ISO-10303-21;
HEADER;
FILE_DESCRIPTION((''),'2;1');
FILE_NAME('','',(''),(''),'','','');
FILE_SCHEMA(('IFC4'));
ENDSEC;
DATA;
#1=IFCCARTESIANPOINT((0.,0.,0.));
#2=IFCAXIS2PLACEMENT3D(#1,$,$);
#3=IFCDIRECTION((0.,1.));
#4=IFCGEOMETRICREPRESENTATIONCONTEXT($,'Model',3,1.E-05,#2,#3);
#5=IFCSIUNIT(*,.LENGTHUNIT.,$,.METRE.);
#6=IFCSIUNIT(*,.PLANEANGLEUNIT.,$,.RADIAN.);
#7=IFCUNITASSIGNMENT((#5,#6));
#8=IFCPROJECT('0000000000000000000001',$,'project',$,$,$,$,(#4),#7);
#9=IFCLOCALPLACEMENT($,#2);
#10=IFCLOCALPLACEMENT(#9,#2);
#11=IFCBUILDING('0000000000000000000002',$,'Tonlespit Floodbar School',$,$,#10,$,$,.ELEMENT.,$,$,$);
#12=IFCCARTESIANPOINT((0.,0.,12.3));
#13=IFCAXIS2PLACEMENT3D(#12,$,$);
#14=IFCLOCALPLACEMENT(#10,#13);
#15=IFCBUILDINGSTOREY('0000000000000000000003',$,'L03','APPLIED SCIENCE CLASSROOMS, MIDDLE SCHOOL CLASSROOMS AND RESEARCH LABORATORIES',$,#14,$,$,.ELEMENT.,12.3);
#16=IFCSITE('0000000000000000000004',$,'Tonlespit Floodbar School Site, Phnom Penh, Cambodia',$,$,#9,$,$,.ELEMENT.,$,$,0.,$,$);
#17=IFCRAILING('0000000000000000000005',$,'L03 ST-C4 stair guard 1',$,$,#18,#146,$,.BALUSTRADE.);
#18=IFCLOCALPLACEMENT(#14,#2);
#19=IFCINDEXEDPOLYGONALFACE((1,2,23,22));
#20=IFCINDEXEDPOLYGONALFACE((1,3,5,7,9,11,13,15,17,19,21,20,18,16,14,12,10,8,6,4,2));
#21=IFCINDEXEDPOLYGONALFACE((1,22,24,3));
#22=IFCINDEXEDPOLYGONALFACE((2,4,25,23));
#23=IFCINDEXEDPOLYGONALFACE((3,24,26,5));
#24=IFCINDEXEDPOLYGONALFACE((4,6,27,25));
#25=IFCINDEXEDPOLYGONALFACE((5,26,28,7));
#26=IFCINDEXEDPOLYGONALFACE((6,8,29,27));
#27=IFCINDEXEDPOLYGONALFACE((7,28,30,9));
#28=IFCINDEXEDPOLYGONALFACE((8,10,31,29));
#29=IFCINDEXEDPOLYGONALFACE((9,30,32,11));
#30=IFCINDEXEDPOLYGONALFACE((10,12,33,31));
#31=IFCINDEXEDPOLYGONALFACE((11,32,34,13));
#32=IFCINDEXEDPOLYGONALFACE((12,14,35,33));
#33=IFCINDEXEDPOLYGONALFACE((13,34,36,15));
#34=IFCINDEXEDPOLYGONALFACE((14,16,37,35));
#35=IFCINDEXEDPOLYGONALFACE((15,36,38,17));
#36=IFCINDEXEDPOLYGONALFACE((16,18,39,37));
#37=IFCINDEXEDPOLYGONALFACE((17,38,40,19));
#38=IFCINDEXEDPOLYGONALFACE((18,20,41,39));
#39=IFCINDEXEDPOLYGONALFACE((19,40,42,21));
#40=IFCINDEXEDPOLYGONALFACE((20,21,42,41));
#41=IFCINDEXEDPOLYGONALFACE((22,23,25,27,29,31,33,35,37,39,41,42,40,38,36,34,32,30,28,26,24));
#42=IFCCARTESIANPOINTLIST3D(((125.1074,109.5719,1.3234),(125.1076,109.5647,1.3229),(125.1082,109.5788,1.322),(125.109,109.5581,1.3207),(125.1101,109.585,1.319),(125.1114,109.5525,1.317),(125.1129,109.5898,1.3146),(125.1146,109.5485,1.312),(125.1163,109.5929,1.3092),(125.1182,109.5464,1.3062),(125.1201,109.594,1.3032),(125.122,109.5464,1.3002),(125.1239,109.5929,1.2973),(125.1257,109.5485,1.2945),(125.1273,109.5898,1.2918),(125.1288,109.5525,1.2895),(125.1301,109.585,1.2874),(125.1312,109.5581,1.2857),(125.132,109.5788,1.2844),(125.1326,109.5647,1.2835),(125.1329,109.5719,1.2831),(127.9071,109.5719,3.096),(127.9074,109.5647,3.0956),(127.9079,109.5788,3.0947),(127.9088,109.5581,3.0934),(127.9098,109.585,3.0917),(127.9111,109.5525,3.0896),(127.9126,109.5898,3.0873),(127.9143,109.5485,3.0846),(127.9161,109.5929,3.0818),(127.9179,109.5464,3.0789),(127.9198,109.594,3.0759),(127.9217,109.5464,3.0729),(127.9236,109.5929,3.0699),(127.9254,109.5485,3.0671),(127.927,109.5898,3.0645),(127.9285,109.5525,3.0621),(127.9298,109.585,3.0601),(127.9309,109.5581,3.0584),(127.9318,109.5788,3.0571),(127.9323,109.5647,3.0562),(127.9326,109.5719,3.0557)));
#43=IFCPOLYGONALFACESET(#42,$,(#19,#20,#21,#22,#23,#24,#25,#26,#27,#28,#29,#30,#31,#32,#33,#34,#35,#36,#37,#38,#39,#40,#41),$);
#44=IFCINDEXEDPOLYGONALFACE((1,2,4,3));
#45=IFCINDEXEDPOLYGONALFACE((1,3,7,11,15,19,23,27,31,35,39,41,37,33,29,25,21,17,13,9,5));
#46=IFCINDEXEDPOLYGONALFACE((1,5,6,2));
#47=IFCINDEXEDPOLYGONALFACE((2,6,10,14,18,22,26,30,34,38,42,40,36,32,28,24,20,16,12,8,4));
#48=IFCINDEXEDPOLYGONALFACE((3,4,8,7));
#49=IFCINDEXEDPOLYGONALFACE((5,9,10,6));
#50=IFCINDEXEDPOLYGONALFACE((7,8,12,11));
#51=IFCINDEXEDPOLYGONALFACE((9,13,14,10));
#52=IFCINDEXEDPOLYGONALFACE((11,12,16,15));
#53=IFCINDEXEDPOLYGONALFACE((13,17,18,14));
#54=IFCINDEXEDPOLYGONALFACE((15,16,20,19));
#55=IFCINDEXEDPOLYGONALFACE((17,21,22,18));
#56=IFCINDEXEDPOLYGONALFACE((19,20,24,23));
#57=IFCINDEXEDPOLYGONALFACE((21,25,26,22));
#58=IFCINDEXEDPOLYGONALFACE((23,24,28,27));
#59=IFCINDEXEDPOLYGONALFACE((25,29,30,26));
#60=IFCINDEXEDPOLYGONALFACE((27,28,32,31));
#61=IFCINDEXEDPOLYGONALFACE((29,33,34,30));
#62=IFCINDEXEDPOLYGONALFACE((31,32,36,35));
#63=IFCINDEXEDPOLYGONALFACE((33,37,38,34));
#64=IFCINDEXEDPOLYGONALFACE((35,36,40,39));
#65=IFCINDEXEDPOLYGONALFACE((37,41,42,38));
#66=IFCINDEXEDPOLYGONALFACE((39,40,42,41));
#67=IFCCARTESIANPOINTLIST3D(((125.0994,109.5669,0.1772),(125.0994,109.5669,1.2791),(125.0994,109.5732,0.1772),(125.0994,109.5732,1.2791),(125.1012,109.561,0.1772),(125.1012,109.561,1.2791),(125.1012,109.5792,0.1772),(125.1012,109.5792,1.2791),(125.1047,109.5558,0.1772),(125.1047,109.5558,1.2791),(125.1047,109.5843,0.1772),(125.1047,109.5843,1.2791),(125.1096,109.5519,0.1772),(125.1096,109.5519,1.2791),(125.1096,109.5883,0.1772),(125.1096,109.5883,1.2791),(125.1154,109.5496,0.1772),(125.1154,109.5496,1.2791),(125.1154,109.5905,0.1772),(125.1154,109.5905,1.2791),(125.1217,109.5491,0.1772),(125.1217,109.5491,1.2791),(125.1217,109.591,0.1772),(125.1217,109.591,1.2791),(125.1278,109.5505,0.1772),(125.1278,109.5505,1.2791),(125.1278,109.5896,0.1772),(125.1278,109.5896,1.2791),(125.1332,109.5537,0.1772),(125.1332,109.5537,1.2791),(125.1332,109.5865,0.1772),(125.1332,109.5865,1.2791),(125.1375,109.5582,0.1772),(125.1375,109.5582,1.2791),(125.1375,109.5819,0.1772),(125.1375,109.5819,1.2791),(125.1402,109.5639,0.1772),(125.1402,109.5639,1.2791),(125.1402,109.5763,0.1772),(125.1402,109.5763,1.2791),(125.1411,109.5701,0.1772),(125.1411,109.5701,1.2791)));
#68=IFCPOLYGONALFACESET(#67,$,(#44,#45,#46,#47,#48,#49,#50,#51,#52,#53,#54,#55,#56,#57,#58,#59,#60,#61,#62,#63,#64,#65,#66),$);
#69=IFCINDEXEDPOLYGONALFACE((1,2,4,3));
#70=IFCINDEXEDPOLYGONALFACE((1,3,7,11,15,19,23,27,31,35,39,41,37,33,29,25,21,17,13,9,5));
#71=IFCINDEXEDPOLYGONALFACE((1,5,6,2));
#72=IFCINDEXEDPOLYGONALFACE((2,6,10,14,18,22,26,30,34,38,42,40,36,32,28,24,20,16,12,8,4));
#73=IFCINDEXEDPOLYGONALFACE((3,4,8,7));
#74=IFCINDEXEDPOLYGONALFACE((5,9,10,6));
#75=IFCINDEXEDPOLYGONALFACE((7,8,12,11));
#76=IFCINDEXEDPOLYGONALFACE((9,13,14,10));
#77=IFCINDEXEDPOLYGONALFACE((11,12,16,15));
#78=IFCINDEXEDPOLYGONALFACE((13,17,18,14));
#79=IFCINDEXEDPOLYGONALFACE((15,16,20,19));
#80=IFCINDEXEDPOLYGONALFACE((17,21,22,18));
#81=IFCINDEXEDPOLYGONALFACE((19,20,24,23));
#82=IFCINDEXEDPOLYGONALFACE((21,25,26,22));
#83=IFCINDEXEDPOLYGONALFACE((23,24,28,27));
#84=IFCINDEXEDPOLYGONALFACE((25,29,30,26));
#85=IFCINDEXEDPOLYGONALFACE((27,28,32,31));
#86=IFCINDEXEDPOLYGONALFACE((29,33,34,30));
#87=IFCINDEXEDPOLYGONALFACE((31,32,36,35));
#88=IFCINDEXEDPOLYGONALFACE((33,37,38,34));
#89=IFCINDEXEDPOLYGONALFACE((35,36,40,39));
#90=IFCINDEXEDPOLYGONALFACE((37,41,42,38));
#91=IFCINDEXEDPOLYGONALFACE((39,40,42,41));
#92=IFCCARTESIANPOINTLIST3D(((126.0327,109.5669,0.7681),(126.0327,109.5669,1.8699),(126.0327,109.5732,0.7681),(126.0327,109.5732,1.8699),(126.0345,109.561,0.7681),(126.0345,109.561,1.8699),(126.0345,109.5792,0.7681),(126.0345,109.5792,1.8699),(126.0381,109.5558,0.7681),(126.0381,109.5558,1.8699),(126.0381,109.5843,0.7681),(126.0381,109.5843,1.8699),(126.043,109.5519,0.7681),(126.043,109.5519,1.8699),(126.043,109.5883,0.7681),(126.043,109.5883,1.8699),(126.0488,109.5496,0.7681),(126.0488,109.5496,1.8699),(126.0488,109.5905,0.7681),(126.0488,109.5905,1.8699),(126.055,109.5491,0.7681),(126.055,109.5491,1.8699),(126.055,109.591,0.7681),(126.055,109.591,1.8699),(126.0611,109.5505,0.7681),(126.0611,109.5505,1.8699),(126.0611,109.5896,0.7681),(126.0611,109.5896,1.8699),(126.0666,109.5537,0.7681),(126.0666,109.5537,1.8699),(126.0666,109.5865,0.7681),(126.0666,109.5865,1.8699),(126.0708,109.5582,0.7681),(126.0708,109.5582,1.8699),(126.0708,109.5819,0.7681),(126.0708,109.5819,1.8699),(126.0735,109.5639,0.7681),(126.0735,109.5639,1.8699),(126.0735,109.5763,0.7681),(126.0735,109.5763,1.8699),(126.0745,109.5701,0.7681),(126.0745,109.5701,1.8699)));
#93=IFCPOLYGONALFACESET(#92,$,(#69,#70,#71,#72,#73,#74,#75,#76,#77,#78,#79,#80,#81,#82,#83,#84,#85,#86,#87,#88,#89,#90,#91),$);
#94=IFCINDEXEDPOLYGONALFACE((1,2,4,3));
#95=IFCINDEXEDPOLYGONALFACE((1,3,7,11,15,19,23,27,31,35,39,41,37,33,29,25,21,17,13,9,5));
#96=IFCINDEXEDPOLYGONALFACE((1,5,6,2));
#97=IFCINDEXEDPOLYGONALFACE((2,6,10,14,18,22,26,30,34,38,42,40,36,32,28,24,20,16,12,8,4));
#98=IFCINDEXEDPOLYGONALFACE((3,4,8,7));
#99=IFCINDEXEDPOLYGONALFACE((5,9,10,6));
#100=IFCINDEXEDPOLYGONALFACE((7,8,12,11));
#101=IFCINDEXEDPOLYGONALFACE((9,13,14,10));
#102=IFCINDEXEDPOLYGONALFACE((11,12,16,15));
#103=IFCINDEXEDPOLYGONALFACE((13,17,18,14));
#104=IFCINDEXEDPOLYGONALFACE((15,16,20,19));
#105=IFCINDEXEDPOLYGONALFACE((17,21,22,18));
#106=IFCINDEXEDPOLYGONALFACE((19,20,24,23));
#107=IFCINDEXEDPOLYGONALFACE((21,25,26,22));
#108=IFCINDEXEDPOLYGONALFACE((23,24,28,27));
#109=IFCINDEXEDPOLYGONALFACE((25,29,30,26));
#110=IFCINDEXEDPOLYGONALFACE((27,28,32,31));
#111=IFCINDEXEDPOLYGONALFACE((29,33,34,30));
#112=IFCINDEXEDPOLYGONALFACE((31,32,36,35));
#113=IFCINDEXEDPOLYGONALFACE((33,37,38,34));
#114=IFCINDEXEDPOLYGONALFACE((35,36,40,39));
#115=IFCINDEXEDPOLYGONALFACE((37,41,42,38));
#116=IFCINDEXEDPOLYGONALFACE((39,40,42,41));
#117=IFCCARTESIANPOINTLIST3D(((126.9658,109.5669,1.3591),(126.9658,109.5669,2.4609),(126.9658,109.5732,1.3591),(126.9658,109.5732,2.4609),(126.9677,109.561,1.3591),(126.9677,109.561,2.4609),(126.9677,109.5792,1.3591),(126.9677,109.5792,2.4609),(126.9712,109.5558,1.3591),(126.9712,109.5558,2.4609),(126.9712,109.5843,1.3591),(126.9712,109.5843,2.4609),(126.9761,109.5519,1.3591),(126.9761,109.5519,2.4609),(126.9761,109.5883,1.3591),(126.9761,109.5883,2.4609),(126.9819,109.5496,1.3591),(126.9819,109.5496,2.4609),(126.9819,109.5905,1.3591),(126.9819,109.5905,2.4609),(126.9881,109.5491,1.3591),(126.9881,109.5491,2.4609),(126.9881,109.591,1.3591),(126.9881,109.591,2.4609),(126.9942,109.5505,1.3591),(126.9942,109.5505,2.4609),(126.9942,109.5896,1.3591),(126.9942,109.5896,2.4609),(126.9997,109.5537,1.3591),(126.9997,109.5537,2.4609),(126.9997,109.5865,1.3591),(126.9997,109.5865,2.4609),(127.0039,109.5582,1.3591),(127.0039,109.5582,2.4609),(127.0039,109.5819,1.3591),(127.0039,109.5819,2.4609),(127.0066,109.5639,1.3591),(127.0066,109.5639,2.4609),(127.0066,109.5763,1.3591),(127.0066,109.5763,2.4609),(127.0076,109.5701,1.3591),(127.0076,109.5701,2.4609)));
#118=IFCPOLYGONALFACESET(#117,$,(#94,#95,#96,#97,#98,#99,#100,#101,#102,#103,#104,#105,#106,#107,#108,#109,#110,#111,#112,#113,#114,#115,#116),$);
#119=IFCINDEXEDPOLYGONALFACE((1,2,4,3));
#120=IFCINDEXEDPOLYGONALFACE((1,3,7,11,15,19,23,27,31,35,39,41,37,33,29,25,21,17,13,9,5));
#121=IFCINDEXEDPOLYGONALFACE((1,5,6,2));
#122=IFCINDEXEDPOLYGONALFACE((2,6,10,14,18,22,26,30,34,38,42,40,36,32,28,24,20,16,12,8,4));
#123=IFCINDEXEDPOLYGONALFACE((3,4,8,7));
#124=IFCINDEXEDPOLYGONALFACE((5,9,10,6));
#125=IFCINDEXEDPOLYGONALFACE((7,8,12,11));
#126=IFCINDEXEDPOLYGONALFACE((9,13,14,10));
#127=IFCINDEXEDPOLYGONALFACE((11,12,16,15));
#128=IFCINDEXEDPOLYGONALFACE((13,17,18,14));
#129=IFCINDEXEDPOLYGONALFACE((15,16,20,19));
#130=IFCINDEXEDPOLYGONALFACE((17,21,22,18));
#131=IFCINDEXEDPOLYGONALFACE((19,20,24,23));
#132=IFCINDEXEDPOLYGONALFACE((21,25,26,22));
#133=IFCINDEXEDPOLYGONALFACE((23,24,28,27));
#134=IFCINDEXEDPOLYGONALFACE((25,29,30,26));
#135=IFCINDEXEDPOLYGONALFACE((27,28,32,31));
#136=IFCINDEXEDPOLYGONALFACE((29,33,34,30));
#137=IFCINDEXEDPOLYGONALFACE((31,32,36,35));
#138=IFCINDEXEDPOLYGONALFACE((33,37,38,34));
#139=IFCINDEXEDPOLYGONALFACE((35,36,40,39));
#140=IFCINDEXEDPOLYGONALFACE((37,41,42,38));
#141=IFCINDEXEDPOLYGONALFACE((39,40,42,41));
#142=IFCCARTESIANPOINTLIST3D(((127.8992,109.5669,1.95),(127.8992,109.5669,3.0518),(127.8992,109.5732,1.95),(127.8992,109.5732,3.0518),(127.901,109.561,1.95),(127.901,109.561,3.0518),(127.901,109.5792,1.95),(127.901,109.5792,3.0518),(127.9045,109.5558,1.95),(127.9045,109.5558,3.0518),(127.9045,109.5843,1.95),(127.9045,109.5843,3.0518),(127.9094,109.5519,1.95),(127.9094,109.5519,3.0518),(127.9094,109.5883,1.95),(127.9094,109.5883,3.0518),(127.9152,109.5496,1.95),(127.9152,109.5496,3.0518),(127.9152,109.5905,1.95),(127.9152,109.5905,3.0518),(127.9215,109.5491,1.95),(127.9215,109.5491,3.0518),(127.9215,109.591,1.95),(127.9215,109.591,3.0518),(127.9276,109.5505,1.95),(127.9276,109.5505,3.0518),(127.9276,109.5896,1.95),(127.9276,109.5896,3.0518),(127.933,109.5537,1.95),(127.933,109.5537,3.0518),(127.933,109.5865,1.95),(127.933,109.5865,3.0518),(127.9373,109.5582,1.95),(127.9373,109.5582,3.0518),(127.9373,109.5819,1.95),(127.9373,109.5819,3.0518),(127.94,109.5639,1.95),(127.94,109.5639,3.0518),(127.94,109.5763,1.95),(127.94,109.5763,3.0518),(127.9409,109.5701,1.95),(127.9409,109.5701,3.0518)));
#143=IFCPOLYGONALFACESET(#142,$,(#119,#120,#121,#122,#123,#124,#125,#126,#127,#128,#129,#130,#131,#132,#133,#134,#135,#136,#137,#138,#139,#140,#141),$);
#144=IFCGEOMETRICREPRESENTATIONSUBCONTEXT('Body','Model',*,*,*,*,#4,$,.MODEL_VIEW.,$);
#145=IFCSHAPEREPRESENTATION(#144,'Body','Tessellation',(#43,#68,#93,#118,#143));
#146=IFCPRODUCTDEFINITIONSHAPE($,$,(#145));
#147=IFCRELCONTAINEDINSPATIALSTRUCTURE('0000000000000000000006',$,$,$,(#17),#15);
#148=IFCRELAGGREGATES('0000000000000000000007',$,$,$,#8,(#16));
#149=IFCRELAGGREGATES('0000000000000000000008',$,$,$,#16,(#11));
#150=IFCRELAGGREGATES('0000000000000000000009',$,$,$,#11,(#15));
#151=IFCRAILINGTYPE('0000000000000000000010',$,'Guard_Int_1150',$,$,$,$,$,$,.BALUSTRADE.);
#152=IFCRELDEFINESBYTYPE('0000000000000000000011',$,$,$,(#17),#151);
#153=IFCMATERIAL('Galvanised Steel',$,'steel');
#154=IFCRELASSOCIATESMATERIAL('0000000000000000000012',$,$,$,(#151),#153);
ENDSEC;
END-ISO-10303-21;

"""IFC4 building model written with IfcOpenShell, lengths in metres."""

from ifc_helpers import new_model, si_unit, direction, frame, origin, origin_2d, place, context, subcontext, project, spatial, circle, extrude, material, type_object, element, save


model = new_model("IFC4")

# Units and contexts
model_context = context("Model", 3, precision=1e-05, world=origin(), true_north=direction((0.0, 1.0)))
body_context = subcontext(model_context, "Body", "Model", "MODEL_VIEW")
ifc_project = project(units=[si_unit("LENGTHUNIT", "METRE"), si_unit("PLANEANGLEUNIT", "RADIAN")], contexts=[model_context])

# Site, building, storey
site_placement = place(None, origin())
site = spatial("IfcSite", under=ifc_project, at=site_placement, Name="Tonlespit Floodbar School Site, Phnom Penh, Cambodia", CompositionType="ELEMENT", RefElevation=0.0)
building_placement = place(site_placement, origin())
building = spatial("IfcBuilding", under=site, at=building_placement, Name="Tonlespit Floodbar School", CompositionType="ELEMENT")
storey_placement = place(building_placement, frame((0.0, 0.0, 12.3)))
storey = spatial("IfcBuildingStorey", under=building, at=storey_placement, Name="L03", Description="APPLIED SCIENCE CLASSROOMS, MIDDLE SCHOOL CLASSROOMS AND RESEARCH LABORATORIES", CompositionType="ELEMENT", Elevation=12.3)

# Shared definitions
ifc_material_1 = material(Name="Galvanised Steel", Category="steel")

# Railing
railing_type_1 = type_object("IfcRailingType", Name="Guard_Int_1150", PredefinedType="BALUSTRADE", material=ifc_material_1)
railing_1_placement = place(storey_placement, frame((125.1201, 109.5701, 0.1772)))
element("IfcRailing", 1, at=railing_1_placement, inside=storey, type_object=railing_type_1, Name="L03 ST-C4 stair guard 1", PredefinedType="BALUSTRADE", context=body_context, shape_type="SweptSolid", body=[
    extrude(circle(Radius=0.0239, at=origin_2d()), frame((0.0, 0.0, 1.126), z_axis=(0.844888, 0.0, 0.534943), x_axis=(0.0, 1.0, 0.0)), (0.0, 0.0, 1.0), 3.3137),
    extrude(circle(Radius=0.021, at=origin_2d()), origin(), (0.0, 0.0, 1.0), 1.1018),
    extrude(circle(Radius=0.021, at=origin_2d()), frame((0.9333, 0.0, 0.5908)), (0.0, 0.0, 1.0), 1.1018),
    extrude(circle(Radius=0.021, at=origin_2d()), frame((1.8665, 0.0, 1.1819)), (0.0, 0.0, 1.0), 1.1018),
    extrude(circle(Radius=0.021, at=origin_2d()), frame((2.7998, 0.0, 1.7727)), (0.0, 0.0, 1.0), 1.1018),
])

save(model, "model.ifc")
